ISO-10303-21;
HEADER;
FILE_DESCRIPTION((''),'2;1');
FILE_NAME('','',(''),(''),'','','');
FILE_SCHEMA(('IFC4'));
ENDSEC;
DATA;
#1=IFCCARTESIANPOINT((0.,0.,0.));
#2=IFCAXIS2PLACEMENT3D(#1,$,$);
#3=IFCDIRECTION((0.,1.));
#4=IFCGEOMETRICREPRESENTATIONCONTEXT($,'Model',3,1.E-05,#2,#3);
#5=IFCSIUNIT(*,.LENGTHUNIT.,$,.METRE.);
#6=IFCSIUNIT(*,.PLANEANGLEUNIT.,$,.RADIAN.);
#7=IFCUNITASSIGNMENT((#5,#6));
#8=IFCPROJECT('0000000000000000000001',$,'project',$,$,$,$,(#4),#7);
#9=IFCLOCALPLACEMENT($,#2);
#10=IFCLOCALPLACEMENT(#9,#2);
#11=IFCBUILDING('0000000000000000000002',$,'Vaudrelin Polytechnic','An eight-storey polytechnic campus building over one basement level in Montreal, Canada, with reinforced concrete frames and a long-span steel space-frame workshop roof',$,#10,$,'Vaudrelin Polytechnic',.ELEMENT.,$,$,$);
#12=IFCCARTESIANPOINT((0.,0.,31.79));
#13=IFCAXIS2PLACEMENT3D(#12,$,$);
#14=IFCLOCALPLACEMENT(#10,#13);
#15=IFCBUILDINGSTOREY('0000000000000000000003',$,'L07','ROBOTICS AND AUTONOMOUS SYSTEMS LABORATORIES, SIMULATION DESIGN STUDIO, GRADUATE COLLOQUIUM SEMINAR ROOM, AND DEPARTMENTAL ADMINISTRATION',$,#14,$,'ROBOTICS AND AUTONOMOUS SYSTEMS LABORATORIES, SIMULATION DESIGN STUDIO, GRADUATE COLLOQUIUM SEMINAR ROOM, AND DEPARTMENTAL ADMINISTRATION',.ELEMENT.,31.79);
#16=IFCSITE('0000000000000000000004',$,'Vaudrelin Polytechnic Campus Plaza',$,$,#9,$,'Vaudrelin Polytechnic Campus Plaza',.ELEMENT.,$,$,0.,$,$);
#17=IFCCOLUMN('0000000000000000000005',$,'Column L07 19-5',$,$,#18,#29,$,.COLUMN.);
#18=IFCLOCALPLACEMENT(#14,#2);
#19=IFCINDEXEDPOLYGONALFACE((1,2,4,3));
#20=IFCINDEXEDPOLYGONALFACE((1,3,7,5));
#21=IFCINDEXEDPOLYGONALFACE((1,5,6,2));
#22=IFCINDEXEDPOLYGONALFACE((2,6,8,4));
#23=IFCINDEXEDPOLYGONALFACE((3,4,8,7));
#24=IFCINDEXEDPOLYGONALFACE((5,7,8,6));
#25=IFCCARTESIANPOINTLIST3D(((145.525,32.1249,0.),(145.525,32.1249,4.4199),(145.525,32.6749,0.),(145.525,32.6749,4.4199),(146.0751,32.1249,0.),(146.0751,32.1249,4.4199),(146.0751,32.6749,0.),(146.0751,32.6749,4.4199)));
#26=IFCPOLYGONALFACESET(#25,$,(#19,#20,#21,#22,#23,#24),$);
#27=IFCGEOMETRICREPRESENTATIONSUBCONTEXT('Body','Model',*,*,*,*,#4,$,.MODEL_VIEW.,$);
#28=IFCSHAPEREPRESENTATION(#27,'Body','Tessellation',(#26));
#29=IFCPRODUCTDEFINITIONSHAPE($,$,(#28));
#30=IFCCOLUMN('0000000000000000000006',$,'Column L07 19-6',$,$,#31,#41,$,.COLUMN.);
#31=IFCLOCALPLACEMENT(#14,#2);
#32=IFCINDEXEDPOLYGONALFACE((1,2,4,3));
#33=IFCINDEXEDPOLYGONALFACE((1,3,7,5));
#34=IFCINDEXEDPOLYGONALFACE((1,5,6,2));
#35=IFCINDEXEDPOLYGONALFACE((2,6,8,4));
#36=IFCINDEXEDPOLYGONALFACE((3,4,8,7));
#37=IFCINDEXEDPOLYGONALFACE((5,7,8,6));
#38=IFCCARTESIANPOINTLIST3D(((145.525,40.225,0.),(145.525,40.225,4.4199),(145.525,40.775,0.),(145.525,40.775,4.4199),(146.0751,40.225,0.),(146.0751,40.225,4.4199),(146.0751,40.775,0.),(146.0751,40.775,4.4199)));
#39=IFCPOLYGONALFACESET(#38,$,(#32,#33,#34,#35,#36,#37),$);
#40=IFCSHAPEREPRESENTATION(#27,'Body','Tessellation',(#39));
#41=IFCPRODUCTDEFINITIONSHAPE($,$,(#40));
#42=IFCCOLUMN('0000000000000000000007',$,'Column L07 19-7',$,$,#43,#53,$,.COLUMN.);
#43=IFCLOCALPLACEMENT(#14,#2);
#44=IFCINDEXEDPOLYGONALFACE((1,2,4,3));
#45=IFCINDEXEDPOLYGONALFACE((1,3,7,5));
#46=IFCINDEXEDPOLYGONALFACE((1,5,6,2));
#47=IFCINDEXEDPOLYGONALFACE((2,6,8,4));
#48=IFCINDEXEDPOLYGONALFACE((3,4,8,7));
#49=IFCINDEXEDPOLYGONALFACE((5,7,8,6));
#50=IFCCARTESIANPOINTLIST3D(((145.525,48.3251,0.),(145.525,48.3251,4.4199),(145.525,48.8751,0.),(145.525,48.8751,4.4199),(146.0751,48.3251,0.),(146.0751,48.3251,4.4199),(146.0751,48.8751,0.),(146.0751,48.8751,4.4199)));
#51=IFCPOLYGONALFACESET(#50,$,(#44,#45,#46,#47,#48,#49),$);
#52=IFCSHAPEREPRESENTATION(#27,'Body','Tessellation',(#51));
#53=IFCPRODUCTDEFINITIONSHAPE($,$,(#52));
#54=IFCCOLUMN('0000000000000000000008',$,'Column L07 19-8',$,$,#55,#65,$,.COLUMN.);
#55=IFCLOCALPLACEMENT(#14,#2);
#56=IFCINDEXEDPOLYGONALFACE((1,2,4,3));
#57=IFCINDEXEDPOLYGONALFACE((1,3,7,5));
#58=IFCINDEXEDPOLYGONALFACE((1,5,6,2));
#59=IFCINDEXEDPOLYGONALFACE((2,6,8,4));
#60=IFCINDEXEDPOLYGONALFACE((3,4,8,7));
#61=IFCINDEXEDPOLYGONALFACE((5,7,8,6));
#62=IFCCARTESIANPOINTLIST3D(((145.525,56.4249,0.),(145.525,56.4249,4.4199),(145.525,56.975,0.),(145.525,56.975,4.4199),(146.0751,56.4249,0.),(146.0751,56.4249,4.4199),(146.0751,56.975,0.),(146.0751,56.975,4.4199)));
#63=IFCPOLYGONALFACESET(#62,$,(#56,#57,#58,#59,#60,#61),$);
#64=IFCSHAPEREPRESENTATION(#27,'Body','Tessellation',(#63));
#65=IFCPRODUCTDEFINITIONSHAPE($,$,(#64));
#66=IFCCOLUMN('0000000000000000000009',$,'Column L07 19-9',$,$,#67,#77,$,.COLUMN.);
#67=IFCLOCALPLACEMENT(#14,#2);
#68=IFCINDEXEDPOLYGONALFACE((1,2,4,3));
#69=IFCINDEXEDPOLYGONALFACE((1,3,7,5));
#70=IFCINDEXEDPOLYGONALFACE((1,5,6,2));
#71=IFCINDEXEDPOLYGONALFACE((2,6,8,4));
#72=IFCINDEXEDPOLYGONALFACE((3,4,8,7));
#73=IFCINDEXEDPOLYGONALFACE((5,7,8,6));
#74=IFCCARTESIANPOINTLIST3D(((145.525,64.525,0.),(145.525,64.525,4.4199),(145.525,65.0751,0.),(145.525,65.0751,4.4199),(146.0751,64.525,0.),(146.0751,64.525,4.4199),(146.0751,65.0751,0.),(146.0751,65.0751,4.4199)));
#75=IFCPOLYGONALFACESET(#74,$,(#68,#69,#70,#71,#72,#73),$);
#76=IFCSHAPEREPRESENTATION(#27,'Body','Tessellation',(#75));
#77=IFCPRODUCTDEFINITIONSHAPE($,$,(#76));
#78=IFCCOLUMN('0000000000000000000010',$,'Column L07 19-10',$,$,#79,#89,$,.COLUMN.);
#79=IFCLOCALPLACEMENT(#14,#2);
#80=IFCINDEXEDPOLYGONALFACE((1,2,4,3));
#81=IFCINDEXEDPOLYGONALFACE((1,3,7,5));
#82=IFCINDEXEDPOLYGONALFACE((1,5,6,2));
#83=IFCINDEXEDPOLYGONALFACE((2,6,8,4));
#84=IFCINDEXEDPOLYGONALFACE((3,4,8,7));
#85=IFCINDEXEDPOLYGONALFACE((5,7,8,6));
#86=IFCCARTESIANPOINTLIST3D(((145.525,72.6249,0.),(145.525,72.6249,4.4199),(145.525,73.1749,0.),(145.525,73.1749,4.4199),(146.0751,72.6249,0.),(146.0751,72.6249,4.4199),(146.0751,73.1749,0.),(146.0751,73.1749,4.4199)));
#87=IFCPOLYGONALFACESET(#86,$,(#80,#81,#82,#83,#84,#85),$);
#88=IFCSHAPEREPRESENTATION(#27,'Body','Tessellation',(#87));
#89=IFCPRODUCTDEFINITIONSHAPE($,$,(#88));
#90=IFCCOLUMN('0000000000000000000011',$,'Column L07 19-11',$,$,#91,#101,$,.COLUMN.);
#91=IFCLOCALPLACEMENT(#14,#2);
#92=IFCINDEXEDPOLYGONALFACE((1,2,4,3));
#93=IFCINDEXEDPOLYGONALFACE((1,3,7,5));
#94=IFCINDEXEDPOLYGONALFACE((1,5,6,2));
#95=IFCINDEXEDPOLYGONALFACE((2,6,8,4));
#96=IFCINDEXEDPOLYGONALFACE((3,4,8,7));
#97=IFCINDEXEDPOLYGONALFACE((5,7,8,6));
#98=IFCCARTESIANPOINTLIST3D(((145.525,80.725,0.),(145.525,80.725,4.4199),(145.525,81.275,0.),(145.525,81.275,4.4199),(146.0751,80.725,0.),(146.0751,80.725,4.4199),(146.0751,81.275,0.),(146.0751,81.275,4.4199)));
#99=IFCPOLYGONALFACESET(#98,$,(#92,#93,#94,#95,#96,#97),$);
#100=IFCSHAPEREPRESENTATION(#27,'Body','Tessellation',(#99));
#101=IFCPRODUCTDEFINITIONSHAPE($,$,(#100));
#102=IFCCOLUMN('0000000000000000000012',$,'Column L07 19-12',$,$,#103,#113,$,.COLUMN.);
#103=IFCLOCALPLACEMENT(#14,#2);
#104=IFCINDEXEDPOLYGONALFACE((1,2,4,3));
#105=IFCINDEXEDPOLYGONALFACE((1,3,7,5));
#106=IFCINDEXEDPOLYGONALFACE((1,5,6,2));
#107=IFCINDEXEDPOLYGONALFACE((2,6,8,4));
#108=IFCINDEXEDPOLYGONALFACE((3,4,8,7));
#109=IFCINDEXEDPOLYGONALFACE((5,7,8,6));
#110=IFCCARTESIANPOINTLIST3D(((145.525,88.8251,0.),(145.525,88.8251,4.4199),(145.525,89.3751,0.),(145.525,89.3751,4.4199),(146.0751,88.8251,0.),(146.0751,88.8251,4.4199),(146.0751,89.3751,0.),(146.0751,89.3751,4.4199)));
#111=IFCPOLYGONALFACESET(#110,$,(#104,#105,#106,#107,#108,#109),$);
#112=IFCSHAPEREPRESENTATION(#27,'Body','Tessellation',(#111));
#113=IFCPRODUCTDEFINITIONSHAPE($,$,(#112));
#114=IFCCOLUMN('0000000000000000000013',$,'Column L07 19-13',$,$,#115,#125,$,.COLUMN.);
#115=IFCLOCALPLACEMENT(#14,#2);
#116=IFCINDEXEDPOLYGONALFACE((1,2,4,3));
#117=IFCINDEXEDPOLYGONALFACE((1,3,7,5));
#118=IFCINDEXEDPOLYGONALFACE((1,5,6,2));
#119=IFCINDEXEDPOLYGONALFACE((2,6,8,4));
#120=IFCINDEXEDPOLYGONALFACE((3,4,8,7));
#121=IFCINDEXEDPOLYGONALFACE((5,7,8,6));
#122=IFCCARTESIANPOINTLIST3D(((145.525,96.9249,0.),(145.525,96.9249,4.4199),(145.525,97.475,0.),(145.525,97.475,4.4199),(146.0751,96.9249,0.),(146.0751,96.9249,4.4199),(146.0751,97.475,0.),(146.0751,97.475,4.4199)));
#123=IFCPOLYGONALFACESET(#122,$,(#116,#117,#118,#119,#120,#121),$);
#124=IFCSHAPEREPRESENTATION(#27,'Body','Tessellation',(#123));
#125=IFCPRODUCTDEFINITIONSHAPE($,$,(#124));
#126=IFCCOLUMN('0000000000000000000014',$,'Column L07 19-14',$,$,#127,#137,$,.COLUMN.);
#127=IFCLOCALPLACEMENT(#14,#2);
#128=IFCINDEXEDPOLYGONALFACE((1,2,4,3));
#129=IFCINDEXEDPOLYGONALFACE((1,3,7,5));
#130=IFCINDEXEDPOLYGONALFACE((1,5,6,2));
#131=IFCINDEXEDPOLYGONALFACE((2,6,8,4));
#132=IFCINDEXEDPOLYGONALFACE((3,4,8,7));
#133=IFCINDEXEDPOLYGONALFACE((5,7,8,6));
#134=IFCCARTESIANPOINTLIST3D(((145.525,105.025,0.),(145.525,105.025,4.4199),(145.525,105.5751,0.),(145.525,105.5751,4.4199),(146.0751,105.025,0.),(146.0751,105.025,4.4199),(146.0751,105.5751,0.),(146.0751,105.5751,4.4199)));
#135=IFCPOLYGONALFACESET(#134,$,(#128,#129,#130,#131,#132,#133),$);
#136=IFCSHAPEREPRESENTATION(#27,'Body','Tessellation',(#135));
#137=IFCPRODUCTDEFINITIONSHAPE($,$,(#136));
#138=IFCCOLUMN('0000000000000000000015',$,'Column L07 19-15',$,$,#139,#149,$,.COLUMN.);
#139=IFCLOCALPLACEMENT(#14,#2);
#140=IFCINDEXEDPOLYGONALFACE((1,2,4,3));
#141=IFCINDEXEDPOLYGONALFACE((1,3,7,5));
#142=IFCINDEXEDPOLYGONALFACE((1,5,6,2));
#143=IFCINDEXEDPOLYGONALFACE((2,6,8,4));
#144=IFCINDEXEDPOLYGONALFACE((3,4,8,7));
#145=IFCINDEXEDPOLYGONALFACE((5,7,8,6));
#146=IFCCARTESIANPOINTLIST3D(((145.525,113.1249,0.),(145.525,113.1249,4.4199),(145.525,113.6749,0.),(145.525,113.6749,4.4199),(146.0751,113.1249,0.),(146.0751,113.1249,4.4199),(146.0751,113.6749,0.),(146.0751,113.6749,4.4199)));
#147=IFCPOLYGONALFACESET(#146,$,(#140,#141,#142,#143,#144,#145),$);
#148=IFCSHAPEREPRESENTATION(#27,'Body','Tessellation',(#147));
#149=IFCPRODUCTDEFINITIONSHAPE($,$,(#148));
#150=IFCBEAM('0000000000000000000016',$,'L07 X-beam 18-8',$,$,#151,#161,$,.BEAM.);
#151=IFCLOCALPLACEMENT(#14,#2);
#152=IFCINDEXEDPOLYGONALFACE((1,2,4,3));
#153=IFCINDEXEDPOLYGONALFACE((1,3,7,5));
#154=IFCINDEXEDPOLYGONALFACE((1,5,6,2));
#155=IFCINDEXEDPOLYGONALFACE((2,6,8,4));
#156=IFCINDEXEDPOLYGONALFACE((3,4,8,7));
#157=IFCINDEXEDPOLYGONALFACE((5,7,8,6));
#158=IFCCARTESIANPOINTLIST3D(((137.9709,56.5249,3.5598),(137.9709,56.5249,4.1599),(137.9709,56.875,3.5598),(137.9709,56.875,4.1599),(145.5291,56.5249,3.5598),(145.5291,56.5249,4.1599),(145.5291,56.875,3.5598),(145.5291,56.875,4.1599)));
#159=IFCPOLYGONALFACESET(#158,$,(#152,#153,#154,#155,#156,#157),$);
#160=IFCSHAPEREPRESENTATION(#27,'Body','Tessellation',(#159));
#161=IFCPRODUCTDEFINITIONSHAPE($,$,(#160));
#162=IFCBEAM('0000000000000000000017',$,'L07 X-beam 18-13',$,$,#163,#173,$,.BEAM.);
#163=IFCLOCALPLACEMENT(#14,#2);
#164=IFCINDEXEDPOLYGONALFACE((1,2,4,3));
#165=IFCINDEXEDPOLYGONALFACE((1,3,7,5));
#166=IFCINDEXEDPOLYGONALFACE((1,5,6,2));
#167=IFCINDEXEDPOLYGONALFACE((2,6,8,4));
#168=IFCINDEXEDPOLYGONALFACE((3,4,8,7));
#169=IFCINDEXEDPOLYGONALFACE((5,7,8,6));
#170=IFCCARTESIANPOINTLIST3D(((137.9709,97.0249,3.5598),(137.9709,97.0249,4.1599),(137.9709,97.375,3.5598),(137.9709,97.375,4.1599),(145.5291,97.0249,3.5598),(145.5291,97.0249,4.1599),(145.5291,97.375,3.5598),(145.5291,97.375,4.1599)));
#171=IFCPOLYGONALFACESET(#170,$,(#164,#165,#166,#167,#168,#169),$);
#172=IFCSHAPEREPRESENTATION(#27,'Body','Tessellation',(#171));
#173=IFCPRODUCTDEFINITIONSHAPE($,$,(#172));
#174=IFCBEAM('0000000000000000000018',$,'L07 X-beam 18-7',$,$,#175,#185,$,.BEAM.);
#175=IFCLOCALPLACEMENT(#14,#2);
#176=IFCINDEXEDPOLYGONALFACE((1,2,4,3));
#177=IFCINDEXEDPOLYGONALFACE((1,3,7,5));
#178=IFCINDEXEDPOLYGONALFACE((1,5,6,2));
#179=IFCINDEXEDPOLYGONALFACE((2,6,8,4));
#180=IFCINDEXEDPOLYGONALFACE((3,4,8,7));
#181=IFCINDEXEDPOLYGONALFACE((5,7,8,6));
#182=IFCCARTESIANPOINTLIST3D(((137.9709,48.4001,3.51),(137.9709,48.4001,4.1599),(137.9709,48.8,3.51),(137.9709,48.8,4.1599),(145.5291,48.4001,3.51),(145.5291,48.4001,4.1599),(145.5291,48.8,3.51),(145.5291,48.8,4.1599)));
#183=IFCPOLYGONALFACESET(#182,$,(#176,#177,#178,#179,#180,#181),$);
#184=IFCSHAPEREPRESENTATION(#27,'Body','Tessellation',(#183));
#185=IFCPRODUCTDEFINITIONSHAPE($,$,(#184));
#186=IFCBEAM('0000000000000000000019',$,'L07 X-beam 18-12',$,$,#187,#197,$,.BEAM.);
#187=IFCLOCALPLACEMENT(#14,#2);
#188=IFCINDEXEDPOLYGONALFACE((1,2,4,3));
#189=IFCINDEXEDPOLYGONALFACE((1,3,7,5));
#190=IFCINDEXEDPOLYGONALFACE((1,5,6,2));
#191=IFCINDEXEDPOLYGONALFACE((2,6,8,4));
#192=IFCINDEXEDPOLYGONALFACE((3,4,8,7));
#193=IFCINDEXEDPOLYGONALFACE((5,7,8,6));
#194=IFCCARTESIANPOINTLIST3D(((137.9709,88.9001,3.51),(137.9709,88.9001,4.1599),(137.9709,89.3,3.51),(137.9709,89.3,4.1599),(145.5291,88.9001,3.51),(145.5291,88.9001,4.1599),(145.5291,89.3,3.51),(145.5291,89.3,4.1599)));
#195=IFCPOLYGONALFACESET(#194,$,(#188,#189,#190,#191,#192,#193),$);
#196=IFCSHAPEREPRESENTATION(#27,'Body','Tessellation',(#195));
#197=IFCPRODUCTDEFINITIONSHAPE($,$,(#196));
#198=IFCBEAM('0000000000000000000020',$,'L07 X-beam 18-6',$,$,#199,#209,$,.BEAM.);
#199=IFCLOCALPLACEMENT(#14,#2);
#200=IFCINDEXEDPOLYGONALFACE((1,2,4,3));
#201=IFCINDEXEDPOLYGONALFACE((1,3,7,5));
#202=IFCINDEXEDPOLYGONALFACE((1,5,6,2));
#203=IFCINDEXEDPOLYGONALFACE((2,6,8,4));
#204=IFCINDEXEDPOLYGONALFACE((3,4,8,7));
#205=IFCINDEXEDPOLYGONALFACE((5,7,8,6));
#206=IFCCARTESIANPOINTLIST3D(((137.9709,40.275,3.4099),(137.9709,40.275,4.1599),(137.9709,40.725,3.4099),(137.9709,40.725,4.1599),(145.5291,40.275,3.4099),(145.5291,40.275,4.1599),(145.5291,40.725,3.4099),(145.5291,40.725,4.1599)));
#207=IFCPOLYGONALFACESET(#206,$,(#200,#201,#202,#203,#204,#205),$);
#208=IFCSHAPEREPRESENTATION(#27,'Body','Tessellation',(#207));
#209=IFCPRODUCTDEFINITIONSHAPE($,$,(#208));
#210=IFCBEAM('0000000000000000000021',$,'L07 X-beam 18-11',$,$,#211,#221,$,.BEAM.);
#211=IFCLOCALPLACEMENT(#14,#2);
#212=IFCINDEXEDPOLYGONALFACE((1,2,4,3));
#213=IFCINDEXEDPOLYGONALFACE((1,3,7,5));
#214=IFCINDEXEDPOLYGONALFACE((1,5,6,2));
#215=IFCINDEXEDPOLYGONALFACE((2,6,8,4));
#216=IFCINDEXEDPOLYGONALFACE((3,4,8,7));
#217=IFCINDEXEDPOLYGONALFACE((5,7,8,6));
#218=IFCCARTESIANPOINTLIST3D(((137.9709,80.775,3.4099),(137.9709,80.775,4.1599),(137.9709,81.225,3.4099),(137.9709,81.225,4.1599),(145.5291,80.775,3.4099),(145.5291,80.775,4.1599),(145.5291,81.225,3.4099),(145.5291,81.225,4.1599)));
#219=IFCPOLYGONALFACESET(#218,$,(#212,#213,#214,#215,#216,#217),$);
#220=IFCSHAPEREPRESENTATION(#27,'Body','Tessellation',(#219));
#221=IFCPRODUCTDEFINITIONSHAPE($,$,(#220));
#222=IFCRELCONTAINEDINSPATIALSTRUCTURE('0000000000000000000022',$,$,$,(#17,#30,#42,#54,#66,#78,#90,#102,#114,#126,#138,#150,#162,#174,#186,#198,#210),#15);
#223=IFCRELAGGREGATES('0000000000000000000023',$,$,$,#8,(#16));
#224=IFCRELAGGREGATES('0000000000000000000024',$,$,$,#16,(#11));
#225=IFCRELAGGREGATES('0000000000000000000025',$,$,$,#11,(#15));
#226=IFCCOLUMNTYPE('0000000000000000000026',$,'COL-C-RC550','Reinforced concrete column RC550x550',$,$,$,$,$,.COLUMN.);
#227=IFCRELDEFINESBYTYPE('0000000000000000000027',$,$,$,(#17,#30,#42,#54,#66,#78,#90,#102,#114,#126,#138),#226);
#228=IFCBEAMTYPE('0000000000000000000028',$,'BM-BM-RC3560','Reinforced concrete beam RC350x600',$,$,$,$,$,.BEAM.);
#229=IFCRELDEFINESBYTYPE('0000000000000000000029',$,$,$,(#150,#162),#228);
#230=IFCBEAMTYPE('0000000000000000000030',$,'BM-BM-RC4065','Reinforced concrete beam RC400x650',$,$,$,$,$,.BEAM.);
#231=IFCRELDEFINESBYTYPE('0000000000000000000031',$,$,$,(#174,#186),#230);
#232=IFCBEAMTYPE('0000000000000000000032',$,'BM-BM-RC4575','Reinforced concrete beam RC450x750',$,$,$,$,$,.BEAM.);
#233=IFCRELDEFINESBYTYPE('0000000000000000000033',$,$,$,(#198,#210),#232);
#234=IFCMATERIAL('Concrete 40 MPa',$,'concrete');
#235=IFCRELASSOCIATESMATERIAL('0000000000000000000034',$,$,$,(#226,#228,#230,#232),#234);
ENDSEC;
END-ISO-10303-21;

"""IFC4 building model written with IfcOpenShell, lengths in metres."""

from ifc_helpers import new_model, si_unit, direction, frame, origin, origin_2d, place, context, subcontext, project, spatial, rectangle, extrude, material, material_profile, profile_set, type_object, element, save


model = new_model("IFC4")

# Units and contexts
model_context = context("Model", 3, precision=1e-05, world=origin(), true_north=direction((0.0, 1.0)))
body_context = subcontext(model_context, "Body", "Model", "MODEL_VIEW")
ifc_project = project(units=[si_unit("LENGTHUNIT", "METRE"), si_unit("PLANEANGLEUNIT", "RADIAN")], contexts=[model_context])

# Site, building, storey
site_placement = place(None, origin())
site = spatial("IfcSite", under=ifc_project, at=site_placement, Name="Vaudrelin Polytechnic Campus Plaza", LongName="Vaudrelin Polytechnic Campus Plaza", CompositionType="ELEMENT", RefElevation=0.0)
building_placement = place(site_placement, origin())
building = spatial("IfcBuilding", under=site, at=building_placement, Name="Vaudrelin Polytechnic", Description="An eight-storey polytechnic campus building over one basement level in Montreal, Canada, with reinforced concrete frames and a long-span steel space-frame workshop roof", LongName="Vaudrelin Polytechnic", CompositionType="ELEMENT")
storey_placement = place(building_placement, frame((0.0, 0.0, 31.79)))
storey = spatial("IfcBuildingStorey", under=building, at=storey_placement, Name="L07", Description="ROBOTICS AND AUTONOMOUS SYSTEMS LABORATORIES, SIMULATION DESIGN STUDIO, GRADUATE COLLOQUIUM SEMINAR ROOM, AND DEPARTMENTAL ADMINISTRATION", LongName="ROBOTICS AND AUTONOMOUS SYSTEMS LABORATORIES, SIMULATION DESIGN STUDIO, GRADUATE COLLOQUIUM SEMINAR ROOM, AND DEPARTMENTAL ADMINISTRATION", CompositionType="ELEMENT", Elevation=31.79)

# Columns
ifc_material_1 = material(Name="Concrete 40 MPa", Category="concrete")
ifc_material_profile_1 = material_profile(ifc_material_1, rectangle(XDim=0.55, YDim=0.55, at=origin_2d()), Name="RC550x550")
ifc_profile_set_1 = profile_set([ifc_material_profile_1], Name="Concrete 40 MPa")
column_type = type_object("IfcColumnType", Name="COL-C-RC550", Description="Reinforced concrete column RC550x550", PredefinedType="COLUMN", material=ifc_profile_set_1)
for number, where, z_axis, x_axis, name in (
    (1, (145.8, 32.3999, 0.0), (0.0, 0.0, 1.0), (1.0, 0.0, 0.0), "Column L07 19-5"),
    (2, (145.8, 40.5, 0.0), (0.0, 0.0, 1.0), (1.0, 0.0, 0.0), "Column L07 19-6"),
    (3, (145.8, 48.6001, 0.0), (0.0, 0.0, 1.0), (1.0, 0.0, 0.0), "Column L07 19-7"),
    (4, (145.8, 56.7, 0.0), (0.0, 0.0, 1.0), (1.0, 0.0, 0.0), "Column L07 19-8"),
    (5, (145.8, 64.8, 0.0), (0.0, 0.0, 1.0), (1.0, 0.0, 0.0), "Column L07 19-9"),
    (6, (145.8, 72.8999, 0.0), (0.0, 0.0, 1.0), (1.0, 0.0, 0.0), "Column L07 19-10"),
    (7, (145.8, 81.0, 0.0), (0.0, 0.0, 1.0), (1.0, 0.0, 0.0), "Column L07 19-11"),
    (8, (145.8, 89.1001, 0.0), (0.0, 0.0, 1.0), (1.0, 0.0, 0.0), "Column L07 19-12"),
    (9, (145.8, 97.2, 0.0), (0.0, 0.0, 1.0), (1.0, 0.0, 0.0), "Column L07 19-13"),
    (10, (145.8, 105.3, 0.0), (0.0, 0.0, 1.0), (1.0, 0.0, 0.0), "Column L07 19-14"),
    (11, (145.8, 113.3999, 0.0), (0.0, 0.0, 1.0), (1.0, 0.0, 0.0), "Column L07 19-15"),
):
    element("IfcColumn", number, at=place(storey_placement, frame(where, z_axis=z_axis, x_axis=x_axis)), inside=storey, type_object=column_type, Name=name, PredefinedType="COLUMN", context=body_context, shape_type="SweptSolid", body=[
        extrude(rectangle(XDim=0.55, YDim=0.55, at=origin_2d()), origin(), (0.0, 0.0, 1.0), 4.4199),
    ])

# Beams
ifc_material_profile_2 = material_profile(ifc_material_1, rectangle(XDim=0.3501, YDim=0.6001, at=origin_2d()), Name="RC350x600")
ifc_profile_set_2 = profile_set([ifc_material_profile_2], Name="Concrete 40 MPa")
beam_type_1 = type_object("IfcBeamType", Name="BM-BM-RC3560", Description="Reinforced concrete beam RC350x600", PredefinedType="BEAM", material=ifc_profile_set_2)
for number, where, z_axis, x_axis, name in (
    (12, (137.9709, 56.7, 3.8599), (1.0, 0.0, 0.0), (0.0, 1.0, 0.0), "L07 X-beam 18-8"),
    (13, (137.9709, 97.2, 3.8599), (1.0, 0.0, 0.0), (0.0, 1.0, 0.0), "L07 X-beam 18-13"),
):
    element("IfcBeam", number, at=place(storey_placement, frame(where, z_axis=z_axis, x_axis=x_axis)), inside=storey, type_object=beam_type_1, Name=name, PredefinedType="BEAM", context=body_context, shape_type="SweptSolid", body=[
        extrude(rectangle(XDim=0.3501, YDim=0.6001, at=origin_2d()), origin(), (0.0, 0.0, 1.0), 7.5581),
    ])
ifc_material_profile_3 = material_profile(ifc_material_1, rectangle(XDim=0.3999, YDim=0.6499, at=origin_2d()), Name="RC400x650")
ifc_profile_set_3 = profile_set([ifc_material_profile_3], Name="Concrete 40 MPa")
beam_type_2 = type_object("IfcBeamType", Name="BM-BM-RC4065", Description="Reinforced concrete beam RC400x650", PredefinedType="BEAM", material=ifc_profile_set_3)
for number, where, z_axis, x_axis, name in (
    (14, (137.9709, 48.6001, 3.835), (1.0, 0.0, 0.0), (0.0, 1.0, 0.0), "L07 X-beam 18-7"),
    (15, (137.9709, 89.1001, 3.835), (1.0, 0.0, 0.0), (0.0, 1.0, 0.0), "L07 X-beam 18-12"),
):
    element("IfcBeam", number, at=place(storey_placement, frame(where, z_axis=z_axis, x_axis=x_axis)), inside=storey, type_object=beam_type_2, Name=name, PredefinedType="BEAM", context=body_context, shape_type="SweptSolid", body=[
        extrude(rectangle(XDim=0.3999, YDim=0.6499, at=origin_2d()), origin(), (0.0, 0.0, 1.0), 7.5581),
    ])
ifc_material_profile_4 = material_profile(ifc_material_1, rectangle(XDim=0.45, YDim=0.75, at=origin_2d()), Name="RC450x750")
ifc_profile_set_4 = profile_set([ifc_material_profile_4], Name="Concrete 40 MPa")
beam_type_3 = type_object("IfcBeamType", Name="BM-BM-RC4575", Description="Reinforced concrete beam RC450x750", PredefinedType="BEAM", material=ifc_profile_set_4)
for number, where, z_axis, x_axis, name in (
    (16, (137.9709, 40.5, 3.7849), (1.0, 0.0, 0.0), (0.0, 1.0, 0.0), "L07 X-beam 18-6"),
    (17, (137.9709, 81.0, 3.7849), (1.0, 0.0, 0.0), (0.0, 1.0, 0.0), "L07 X-beam 18-11"),
):
    element("IfcBeam", number, at=place(storey_placement, frame(where, z_axis=z_axis, x_axis=x_axis)), inside=storey, type_object=beam_type_3, Name=name, PredefinedType="BEAM", context=body_context, shape_type="SweptSolid", body=[
        extrude(rectangle(XDim=0.45, YDim=0.75, at=origin_2d()), origin(), (0.0, 0.0, 1.0), 7.5581),
    ])

save(model, "model.ifc")
